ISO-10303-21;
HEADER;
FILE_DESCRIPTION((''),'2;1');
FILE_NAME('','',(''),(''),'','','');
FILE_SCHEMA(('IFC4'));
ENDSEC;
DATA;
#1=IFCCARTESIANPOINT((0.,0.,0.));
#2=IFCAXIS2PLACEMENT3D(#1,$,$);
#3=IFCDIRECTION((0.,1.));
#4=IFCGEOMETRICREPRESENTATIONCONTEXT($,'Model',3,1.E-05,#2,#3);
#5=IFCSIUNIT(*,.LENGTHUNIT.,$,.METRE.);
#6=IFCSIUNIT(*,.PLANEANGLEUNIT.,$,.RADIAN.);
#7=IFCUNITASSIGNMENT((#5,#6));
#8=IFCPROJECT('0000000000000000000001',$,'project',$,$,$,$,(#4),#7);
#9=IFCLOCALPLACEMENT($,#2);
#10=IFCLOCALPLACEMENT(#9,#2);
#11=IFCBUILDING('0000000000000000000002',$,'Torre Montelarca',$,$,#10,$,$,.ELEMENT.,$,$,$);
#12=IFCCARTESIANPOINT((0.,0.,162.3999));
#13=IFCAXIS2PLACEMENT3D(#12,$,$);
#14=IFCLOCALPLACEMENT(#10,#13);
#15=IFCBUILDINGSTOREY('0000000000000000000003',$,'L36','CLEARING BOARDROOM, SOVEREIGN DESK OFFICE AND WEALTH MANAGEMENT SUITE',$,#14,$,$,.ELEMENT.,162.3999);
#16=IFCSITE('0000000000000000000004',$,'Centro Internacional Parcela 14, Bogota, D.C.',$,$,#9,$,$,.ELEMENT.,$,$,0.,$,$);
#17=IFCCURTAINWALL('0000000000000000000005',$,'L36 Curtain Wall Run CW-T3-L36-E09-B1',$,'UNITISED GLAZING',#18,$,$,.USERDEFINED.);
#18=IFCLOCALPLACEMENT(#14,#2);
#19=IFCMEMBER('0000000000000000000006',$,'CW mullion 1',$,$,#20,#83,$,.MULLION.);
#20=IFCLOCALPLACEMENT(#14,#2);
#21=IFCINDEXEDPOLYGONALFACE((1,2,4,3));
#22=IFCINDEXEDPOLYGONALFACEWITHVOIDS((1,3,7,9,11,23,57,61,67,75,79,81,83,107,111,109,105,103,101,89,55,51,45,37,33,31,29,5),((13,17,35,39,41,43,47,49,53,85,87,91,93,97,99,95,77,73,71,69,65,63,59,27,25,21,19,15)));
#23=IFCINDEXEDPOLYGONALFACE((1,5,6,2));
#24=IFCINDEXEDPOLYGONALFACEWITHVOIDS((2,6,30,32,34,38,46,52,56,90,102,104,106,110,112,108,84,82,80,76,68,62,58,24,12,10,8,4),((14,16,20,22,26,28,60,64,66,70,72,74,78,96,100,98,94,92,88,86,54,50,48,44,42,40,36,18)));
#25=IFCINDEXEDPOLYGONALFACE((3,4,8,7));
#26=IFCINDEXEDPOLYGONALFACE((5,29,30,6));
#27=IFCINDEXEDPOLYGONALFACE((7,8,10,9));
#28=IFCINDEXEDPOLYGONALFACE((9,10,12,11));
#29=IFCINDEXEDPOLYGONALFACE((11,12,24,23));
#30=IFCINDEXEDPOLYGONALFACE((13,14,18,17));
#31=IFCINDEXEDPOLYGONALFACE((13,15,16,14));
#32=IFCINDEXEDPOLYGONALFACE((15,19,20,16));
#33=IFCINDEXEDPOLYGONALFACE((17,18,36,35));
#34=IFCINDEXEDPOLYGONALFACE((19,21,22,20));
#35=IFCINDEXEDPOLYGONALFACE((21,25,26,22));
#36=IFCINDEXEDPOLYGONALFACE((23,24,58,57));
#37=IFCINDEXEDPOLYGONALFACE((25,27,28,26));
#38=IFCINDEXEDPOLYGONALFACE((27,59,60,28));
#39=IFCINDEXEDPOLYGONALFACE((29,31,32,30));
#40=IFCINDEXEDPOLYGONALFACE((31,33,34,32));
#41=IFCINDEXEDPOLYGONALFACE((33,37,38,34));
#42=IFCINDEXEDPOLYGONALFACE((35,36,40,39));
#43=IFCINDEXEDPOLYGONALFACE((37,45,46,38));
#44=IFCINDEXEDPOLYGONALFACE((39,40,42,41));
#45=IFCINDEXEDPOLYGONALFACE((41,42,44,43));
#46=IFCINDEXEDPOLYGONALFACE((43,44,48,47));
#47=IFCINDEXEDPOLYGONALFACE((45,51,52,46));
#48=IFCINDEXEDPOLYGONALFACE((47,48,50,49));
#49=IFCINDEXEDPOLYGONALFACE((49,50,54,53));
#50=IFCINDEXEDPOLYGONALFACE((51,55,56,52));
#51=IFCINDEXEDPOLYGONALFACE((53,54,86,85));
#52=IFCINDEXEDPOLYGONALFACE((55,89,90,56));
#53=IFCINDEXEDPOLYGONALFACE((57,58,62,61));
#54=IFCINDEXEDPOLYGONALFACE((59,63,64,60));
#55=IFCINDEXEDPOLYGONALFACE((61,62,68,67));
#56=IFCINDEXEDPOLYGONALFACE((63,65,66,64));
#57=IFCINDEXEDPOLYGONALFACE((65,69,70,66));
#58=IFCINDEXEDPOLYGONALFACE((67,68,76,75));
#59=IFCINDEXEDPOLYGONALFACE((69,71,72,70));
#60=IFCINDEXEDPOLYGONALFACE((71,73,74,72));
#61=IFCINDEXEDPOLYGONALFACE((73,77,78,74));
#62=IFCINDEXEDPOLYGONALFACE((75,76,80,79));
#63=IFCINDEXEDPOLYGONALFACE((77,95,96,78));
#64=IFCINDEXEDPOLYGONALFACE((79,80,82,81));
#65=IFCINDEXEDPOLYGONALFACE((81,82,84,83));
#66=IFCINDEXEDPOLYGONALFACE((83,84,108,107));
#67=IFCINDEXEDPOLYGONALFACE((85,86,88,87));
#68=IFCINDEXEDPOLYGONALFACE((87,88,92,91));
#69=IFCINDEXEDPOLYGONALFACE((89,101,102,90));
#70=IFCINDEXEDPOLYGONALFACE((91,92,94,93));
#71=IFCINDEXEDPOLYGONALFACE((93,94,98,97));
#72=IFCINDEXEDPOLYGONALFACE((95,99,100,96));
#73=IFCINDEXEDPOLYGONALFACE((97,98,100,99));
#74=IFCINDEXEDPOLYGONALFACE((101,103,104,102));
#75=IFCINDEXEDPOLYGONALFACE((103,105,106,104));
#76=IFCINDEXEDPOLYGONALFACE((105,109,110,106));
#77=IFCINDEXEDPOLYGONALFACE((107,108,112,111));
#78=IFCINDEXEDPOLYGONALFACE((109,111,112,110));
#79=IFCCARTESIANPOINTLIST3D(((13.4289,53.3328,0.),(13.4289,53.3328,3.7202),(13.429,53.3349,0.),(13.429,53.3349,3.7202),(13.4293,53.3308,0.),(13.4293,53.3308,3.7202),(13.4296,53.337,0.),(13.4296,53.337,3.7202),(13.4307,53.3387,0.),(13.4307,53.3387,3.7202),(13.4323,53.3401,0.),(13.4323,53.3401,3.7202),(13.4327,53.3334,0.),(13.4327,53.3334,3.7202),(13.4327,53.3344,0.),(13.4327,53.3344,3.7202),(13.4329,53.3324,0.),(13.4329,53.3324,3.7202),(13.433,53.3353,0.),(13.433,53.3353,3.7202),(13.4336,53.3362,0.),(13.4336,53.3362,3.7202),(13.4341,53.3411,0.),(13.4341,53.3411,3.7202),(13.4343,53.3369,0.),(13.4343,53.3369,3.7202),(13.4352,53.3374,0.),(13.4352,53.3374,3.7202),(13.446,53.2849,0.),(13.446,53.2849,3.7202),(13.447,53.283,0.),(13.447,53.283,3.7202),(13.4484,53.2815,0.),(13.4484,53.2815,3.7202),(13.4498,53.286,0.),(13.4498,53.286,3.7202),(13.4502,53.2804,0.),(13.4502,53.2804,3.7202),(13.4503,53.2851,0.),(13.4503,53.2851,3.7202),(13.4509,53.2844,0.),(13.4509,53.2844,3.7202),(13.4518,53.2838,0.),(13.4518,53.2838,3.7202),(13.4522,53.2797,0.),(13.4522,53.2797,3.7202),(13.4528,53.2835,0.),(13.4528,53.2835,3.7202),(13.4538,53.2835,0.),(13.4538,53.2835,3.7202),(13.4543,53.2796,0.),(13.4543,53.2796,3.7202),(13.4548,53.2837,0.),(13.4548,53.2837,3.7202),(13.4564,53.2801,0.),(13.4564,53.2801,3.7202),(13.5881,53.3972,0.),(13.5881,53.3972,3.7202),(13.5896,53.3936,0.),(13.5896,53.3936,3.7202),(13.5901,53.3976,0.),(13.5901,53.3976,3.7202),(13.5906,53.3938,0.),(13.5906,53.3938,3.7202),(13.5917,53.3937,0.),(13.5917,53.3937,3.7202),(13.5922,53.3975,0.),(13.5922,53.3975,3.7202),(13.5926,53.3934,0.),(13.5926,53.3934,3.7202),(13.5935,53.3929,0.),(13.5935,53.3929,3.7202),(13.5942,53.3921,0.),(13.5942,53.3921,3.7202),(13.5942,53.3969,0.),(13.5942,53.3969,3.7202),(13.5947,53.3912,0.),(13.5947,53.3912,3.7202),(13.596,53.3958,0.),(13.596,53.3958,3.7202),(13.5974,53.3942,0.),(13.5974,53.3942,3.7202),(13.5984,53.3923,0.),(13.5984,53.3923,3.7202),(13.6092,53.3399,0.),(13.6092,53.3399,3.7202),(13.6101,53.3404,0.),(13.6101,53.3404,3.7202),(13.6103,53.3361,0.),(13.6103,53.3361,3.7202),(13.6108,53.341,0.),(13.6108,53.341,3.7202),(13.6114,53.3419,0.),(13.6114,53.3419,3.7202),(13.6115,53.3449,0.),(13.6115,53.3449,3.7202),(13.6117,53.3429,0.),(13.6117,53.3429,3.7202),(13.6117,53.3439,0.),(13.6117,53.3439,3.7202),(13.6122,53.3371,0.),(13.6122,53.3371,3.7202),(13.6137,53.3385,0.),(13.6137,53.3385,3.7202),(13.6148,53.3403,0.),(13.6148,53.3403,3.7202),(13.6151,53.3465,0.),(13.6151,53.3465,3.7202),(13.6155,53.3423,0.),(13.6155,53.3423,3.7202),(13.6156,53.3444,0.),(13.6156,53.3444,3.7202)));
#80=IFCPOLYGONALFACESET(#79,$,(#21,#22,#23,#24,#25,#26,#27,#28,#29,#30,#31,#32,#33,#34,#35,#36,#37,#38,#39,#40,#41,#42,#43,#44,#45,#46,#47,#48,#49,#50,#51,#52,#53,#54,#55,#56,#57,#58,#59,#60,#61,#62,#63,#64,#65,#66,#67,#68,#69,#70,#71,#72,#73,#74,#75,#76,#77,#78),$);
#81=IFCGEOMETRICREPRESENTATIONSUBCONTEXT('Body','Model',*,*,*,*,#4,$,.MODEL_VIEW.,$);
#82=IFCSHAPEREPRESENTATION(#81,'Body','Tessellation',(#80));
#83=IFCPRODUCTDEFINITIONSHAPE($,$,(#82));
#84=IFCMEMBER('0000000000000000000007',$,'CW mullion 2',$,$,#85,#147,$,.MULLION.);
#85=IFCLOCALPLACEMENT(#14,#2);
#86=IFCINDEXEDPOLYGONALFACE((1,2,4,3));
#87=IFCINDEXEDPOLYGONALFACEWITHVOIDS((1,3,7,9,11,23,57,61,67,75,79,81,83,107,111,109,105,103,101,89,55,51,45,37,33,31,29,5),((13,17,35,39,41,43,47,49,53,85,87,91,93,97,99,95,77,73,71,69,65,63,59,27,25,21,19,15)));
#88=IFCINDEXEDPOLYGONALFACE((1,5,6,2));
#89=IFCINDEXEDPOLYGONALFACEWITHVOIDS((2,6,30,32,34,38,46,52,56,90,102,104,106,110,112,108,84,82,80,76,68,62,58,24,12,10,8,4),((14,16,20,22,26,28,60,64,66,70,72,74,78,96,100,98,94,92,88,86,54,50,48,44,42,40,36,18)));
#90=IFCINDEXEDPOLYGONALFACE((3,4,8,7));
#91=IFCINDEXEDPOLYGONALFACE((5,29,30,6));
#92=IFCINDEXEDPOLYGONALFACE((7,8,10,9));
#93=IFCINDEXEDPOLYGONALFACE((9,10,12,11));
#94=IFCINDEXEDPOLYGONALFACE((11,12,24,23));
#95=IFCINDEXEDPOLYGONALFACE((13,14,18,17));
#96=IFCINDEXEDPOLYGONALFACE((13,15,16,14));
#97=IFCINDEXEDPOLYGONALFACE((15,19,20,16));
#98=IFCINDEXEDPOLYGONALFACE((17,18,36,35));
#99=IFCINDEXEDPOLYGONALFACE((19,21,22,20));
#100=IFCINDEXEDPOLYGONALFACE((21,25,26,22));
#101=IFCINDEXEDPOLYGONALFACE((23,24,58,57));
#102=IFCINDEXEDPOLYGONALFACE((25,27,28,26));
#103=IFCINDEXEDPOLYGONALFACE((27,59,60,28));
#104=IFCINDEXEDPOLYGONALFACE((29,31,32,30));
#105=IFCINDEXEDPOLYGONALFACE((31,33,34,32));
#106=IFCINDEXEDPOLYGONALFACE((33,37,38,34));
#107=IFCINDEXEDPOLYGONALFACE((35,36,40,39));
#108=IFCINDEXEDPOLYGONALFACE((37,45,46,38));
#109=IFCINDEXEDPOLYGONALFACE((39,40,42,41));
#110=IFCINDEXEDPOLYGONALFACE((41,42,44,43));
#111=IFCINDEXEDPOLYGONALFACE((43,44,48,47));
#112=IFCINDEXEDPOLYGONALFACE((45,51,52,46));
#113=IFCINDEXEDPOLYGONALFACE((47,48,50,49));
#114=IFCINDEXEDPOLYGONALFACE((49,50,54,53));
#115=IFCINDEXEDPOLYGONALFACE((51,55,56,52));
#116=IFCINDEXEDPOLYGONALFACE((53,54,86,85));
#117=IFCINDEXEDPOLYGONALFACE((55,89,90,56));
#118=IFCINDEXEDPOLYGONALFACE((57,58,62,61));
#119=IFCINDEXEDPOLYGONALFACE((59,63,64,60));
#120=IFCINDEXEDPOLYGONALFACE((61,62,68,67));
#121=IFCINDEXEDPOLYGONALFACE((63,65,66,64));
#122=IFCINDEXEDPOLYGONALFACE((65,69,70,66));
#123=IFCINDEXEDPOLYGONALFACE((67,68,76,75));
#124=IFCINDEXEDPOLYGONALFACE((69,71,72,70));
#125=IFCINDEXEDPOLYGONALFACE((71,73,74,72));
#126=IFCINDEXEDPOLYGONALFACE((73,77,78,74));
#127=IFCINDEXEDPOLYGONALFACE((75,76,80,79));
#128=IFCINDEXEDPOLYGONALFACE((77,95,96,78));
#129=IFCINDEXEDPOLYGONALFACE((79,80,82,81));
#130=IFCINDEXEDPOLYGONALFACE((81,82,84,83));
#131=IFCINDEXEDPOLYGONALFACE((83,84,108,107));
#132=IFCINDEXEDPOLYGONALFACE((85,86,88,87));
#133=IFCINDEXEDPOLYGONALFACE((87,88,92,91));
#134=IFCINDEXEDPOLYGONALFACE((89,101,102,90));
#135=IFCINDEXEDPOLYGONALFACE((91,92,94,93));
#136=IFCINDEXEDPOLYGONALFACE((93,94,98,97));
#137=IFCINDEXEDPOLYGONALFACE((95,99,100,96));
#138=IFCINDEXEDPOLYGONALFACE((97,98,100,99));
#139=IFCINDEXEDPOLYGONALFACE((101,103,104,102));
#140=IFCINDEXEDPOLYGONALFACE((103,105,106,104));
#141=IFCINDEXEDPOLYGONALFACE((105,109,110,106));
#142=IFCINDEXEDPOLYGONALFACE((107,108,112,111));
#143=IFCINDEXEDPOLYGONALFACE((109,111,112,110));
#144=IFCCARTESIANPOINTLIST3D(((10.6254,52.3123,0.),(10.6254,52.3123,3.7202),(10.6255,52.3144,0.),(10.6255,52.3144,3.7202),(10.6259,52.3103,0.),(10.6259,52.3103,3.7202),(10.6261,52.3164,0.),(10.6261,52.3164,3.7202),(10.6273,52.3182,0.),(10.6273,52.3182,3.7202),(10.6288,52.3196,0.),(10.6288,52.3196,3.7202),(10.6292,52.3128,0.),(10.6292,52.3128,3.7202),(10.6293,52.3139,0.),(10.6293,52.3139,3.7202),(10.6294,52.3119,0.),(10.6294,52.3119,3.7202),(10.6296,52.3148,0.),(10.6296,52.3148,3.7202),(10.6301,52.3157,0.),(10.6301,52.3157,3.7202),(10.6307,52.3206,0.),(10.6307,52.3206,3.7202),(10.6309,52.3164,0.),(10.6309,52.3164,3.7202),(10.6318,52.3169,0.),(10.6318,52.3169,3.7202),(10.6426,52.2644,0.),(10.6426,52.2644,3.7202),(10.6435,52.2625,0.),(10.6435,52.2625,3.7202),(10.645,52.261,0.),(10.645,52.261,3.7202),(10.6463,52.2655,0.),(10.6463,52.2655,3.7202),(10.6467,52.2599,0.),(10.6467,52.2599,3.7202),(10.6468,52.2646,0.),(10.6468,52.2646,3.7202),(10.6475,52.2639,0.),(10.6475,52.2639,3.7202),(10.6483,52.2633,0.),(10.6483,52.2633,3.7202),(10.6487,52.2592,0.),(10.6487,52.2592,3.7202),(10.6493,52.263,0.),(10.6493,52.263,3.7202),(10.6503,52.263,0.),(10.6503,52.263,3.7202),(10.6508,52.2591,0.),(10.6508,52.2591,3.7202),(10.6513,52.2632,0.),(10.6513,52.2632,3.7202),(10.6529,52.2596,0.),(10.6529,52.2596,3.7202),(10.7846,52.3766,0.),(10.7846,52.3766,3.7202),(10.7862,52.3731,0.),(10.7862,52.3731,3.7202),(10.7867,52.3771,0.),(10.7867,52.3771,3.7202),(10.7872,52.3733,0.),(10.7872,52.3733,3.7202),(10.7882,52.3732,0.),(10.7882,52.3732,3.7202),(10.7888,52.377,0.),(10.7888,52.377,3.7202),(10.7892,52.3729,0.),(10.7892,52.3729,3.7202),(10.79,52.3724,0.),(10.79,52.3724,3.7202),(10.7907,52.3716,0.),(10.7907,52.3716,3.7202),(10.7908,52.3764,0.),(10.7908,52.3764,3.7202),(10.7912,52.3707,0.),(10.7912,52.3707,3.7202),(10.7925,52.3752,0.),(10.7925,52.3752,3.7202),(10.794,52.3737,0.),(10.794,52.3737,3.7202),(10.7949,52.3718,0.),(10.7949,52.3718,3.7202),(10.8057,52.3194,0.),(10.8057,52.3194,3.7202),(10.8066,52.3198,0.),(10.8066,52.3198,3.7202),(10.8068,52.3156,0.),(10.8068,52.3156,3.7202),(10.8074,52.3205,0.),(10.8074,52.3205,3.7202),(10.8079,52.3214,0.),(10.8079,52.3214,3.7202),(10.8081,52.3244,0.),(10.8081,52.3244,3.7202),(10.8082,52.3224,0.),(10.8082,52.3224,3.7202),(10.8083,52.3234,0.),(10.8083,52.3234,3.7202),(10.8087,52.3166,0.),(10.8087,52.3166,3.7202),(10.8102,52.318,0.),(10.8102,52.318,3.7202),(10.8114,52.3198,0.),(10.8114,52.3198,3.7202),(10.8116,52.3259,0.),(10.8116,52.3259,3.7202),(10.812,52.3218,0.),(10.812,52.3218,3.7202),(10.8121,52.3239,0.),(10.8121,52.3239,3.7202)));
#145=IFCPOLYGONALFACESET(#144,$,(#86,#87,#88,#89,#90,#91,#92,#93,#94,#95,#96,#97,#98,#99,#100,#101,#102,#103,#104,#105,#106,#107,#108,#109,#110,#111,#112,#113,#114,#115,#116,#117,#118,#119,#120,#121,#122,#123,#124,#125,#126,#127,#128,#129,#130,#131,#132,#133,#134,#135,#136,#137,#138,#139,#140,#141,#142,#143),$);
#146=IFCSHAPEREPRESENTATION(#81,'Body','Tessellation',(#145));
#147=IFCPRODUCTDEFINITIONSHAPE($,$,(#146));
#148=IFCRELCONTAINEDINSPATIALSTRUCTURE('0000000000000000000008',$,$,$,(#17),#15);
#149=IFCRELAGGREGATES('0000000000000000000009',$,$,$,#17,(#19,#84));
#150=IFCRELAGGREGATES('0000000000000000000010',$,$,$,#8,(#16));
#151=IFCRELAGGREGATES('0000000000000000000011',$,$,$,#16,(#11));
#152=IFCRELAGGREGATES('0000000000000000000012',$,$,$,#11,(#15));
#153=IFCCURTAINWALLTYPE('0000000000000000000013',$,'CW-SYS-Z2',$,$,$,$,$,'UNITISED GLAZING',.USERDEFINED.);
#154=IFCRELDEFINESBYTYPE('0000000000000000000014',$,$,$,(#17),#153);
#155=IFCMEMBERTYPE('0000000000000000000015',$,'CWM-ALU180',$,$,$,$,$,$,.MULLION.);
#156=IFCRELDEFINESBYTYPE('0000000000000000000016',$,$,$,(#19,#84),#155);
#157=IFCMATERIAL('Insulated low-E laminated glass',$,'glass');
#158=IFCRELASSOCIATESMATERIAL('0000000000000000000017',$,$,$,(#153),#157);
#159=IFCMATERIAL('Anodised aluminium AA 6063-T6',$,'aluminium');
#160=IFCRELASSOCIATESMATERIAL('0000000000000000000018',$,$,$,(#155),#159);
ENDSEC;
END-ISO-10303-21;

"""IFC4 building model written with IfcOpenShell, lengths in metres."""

from ifc_helpers import new_model, si_unit, direction, frame, origin, origin_2d, place, context, subcontext, project, spatial, hollow_rectangle, extrude, source, transform, mapped, material, material_profile, profile_set, type_object, element, aggregate, save


model = new_model("IFC4")

# Units and contexts
model_context = context("Model", 3, precision=1e-05, world=origin(), true_north=direction((0.0, 1.0)))
body_context = subcontext(model_context, "Body", "Model", "MODEL_VIEW")
ifc_project = project(units=[si_unit("LENGTHUNIT", "METRE"), si_unit("PLANEANGLEUNIT", "RADIAN")], contexts=[model_context])

# Site, building, storey
site_placement = place(None, origin())
site = spatial("IfcSite", under=ifc_project, at=site_placement, Name="Centro Internacional Parcela 14, Bogota, D.C.", CompositionType="ELEMENT", RefElevation=0.0)
building_placement = place(site_placement, origin())
building = spatial("IfcBuilding", under=site, at=building_placement, Name="Torre Montelarca", CompositionType="ELEMENT")
storey_placement = place(building_placement, frame((0.0, 0.0, 162.3999)))
storey = spatial("IfcBuildingStorey", under=building, at=storey_placement, Name="L36", Description="CLEARING BOARDROOM, SOVEREIGN DESK OFFICE AND WEALTH MANAGEMENT SUITE", CompositionType="ELEMENT", Elevation=162.3999)

# Curtain wall, members
ifc_material_1 = material(Name="Insulated low-E laminated glass", Category="glass")
curtain_wall_type = type_object("IfcCurtainWallType", Name="CW-SYS-Z2", ElementType="UNITISED GLAZING", PredefinedType="USERDEFINED", material=ifc_material_1)
curtain_wall_1_placement = place(storey_placement, origin())
curtain_wall_1 = element("IfcCurtainWall", 1, at=curtain_wall_1_placement, inside=storey, type_object=curtain_wall_type, Name="L36 Curtain Wall Run CW-T3-L36-E09-B1", ObjectType="UNITISED GLAZING", PredefinedType="USERDEFINED")
ifc_material_2 = material(Name="Anodised aluminium AA 6063-T6", Category="aluminium")
ifc_material_profile_1 = material_profile(ifc_material_2, hollow_rectangle(XDim=0.0649, YDim=0.1799, WallThickness=0.0039, InnerFilletRadius=0.0039, OuterFilletRadius=0.0081, at=origin_2d()), Name="ALU65X180X4", Category="aluminium")
ifc_profile_set_1 = profile_set([ifc_material_profile_1], Name="Anodised aluminium AA 6063-T6")
member_type_1 = type_object("IfcMemberType", Name="CWM-ALU180", PredefinedType="MULLION", material=ifc_profile_set_1)
shared_shape_1 = source(origin(), body_context, "Body", "SweptSolid", [
    extrude(hollow_rectangle(XDim=0.0649, YDim=0.1799, WallThickness=0.0039, InnerFilletRadius=0.0039, OuterFilletRadius=0.0081, at=origin_2d()), origin(), (0.0, 0.0, 1.0), 3.7202),
])
member_1_placement = place(storey_placement, frame((13.5222, 53.3386, 0.0), z_axis=(0.0, 0.0, 1.0), x_axis=(0.342021, -0.939692, 0.0)))
member_1 = element("IfcMember", 2, at=member_1_placement, type_object=member_type_1, Name="CW mullion 1", PredefinedType="MULLION", context=body_context, shape_type="MappedRepresentation", body=[
    mapped(shared_shape_1, transform((0.0, 0.0, 0.0), scale=1.0)),
])
member_2_placement = place(storey_placement, frame((10.7188, 52.3181, 0.0), z_axis=(0.0, 0.0, 1.0), x_axis=(0.342021, -0.939692, 0.0)))
member_2 = element("IfcMember", 3, at=member_2_placement, type_object=member_type_1, Name="CW mullion 2", PredefinedType="MULLION", context=body_context, shape_type="MappedRepresentation", body=[
    mapped(shared_shape_1, transform((0.0, 0.0, 0.0), scale=1.0)),
])

aggregate(curtain_wall_1, [member_1, member_2])

save(model, "model.ifc")
